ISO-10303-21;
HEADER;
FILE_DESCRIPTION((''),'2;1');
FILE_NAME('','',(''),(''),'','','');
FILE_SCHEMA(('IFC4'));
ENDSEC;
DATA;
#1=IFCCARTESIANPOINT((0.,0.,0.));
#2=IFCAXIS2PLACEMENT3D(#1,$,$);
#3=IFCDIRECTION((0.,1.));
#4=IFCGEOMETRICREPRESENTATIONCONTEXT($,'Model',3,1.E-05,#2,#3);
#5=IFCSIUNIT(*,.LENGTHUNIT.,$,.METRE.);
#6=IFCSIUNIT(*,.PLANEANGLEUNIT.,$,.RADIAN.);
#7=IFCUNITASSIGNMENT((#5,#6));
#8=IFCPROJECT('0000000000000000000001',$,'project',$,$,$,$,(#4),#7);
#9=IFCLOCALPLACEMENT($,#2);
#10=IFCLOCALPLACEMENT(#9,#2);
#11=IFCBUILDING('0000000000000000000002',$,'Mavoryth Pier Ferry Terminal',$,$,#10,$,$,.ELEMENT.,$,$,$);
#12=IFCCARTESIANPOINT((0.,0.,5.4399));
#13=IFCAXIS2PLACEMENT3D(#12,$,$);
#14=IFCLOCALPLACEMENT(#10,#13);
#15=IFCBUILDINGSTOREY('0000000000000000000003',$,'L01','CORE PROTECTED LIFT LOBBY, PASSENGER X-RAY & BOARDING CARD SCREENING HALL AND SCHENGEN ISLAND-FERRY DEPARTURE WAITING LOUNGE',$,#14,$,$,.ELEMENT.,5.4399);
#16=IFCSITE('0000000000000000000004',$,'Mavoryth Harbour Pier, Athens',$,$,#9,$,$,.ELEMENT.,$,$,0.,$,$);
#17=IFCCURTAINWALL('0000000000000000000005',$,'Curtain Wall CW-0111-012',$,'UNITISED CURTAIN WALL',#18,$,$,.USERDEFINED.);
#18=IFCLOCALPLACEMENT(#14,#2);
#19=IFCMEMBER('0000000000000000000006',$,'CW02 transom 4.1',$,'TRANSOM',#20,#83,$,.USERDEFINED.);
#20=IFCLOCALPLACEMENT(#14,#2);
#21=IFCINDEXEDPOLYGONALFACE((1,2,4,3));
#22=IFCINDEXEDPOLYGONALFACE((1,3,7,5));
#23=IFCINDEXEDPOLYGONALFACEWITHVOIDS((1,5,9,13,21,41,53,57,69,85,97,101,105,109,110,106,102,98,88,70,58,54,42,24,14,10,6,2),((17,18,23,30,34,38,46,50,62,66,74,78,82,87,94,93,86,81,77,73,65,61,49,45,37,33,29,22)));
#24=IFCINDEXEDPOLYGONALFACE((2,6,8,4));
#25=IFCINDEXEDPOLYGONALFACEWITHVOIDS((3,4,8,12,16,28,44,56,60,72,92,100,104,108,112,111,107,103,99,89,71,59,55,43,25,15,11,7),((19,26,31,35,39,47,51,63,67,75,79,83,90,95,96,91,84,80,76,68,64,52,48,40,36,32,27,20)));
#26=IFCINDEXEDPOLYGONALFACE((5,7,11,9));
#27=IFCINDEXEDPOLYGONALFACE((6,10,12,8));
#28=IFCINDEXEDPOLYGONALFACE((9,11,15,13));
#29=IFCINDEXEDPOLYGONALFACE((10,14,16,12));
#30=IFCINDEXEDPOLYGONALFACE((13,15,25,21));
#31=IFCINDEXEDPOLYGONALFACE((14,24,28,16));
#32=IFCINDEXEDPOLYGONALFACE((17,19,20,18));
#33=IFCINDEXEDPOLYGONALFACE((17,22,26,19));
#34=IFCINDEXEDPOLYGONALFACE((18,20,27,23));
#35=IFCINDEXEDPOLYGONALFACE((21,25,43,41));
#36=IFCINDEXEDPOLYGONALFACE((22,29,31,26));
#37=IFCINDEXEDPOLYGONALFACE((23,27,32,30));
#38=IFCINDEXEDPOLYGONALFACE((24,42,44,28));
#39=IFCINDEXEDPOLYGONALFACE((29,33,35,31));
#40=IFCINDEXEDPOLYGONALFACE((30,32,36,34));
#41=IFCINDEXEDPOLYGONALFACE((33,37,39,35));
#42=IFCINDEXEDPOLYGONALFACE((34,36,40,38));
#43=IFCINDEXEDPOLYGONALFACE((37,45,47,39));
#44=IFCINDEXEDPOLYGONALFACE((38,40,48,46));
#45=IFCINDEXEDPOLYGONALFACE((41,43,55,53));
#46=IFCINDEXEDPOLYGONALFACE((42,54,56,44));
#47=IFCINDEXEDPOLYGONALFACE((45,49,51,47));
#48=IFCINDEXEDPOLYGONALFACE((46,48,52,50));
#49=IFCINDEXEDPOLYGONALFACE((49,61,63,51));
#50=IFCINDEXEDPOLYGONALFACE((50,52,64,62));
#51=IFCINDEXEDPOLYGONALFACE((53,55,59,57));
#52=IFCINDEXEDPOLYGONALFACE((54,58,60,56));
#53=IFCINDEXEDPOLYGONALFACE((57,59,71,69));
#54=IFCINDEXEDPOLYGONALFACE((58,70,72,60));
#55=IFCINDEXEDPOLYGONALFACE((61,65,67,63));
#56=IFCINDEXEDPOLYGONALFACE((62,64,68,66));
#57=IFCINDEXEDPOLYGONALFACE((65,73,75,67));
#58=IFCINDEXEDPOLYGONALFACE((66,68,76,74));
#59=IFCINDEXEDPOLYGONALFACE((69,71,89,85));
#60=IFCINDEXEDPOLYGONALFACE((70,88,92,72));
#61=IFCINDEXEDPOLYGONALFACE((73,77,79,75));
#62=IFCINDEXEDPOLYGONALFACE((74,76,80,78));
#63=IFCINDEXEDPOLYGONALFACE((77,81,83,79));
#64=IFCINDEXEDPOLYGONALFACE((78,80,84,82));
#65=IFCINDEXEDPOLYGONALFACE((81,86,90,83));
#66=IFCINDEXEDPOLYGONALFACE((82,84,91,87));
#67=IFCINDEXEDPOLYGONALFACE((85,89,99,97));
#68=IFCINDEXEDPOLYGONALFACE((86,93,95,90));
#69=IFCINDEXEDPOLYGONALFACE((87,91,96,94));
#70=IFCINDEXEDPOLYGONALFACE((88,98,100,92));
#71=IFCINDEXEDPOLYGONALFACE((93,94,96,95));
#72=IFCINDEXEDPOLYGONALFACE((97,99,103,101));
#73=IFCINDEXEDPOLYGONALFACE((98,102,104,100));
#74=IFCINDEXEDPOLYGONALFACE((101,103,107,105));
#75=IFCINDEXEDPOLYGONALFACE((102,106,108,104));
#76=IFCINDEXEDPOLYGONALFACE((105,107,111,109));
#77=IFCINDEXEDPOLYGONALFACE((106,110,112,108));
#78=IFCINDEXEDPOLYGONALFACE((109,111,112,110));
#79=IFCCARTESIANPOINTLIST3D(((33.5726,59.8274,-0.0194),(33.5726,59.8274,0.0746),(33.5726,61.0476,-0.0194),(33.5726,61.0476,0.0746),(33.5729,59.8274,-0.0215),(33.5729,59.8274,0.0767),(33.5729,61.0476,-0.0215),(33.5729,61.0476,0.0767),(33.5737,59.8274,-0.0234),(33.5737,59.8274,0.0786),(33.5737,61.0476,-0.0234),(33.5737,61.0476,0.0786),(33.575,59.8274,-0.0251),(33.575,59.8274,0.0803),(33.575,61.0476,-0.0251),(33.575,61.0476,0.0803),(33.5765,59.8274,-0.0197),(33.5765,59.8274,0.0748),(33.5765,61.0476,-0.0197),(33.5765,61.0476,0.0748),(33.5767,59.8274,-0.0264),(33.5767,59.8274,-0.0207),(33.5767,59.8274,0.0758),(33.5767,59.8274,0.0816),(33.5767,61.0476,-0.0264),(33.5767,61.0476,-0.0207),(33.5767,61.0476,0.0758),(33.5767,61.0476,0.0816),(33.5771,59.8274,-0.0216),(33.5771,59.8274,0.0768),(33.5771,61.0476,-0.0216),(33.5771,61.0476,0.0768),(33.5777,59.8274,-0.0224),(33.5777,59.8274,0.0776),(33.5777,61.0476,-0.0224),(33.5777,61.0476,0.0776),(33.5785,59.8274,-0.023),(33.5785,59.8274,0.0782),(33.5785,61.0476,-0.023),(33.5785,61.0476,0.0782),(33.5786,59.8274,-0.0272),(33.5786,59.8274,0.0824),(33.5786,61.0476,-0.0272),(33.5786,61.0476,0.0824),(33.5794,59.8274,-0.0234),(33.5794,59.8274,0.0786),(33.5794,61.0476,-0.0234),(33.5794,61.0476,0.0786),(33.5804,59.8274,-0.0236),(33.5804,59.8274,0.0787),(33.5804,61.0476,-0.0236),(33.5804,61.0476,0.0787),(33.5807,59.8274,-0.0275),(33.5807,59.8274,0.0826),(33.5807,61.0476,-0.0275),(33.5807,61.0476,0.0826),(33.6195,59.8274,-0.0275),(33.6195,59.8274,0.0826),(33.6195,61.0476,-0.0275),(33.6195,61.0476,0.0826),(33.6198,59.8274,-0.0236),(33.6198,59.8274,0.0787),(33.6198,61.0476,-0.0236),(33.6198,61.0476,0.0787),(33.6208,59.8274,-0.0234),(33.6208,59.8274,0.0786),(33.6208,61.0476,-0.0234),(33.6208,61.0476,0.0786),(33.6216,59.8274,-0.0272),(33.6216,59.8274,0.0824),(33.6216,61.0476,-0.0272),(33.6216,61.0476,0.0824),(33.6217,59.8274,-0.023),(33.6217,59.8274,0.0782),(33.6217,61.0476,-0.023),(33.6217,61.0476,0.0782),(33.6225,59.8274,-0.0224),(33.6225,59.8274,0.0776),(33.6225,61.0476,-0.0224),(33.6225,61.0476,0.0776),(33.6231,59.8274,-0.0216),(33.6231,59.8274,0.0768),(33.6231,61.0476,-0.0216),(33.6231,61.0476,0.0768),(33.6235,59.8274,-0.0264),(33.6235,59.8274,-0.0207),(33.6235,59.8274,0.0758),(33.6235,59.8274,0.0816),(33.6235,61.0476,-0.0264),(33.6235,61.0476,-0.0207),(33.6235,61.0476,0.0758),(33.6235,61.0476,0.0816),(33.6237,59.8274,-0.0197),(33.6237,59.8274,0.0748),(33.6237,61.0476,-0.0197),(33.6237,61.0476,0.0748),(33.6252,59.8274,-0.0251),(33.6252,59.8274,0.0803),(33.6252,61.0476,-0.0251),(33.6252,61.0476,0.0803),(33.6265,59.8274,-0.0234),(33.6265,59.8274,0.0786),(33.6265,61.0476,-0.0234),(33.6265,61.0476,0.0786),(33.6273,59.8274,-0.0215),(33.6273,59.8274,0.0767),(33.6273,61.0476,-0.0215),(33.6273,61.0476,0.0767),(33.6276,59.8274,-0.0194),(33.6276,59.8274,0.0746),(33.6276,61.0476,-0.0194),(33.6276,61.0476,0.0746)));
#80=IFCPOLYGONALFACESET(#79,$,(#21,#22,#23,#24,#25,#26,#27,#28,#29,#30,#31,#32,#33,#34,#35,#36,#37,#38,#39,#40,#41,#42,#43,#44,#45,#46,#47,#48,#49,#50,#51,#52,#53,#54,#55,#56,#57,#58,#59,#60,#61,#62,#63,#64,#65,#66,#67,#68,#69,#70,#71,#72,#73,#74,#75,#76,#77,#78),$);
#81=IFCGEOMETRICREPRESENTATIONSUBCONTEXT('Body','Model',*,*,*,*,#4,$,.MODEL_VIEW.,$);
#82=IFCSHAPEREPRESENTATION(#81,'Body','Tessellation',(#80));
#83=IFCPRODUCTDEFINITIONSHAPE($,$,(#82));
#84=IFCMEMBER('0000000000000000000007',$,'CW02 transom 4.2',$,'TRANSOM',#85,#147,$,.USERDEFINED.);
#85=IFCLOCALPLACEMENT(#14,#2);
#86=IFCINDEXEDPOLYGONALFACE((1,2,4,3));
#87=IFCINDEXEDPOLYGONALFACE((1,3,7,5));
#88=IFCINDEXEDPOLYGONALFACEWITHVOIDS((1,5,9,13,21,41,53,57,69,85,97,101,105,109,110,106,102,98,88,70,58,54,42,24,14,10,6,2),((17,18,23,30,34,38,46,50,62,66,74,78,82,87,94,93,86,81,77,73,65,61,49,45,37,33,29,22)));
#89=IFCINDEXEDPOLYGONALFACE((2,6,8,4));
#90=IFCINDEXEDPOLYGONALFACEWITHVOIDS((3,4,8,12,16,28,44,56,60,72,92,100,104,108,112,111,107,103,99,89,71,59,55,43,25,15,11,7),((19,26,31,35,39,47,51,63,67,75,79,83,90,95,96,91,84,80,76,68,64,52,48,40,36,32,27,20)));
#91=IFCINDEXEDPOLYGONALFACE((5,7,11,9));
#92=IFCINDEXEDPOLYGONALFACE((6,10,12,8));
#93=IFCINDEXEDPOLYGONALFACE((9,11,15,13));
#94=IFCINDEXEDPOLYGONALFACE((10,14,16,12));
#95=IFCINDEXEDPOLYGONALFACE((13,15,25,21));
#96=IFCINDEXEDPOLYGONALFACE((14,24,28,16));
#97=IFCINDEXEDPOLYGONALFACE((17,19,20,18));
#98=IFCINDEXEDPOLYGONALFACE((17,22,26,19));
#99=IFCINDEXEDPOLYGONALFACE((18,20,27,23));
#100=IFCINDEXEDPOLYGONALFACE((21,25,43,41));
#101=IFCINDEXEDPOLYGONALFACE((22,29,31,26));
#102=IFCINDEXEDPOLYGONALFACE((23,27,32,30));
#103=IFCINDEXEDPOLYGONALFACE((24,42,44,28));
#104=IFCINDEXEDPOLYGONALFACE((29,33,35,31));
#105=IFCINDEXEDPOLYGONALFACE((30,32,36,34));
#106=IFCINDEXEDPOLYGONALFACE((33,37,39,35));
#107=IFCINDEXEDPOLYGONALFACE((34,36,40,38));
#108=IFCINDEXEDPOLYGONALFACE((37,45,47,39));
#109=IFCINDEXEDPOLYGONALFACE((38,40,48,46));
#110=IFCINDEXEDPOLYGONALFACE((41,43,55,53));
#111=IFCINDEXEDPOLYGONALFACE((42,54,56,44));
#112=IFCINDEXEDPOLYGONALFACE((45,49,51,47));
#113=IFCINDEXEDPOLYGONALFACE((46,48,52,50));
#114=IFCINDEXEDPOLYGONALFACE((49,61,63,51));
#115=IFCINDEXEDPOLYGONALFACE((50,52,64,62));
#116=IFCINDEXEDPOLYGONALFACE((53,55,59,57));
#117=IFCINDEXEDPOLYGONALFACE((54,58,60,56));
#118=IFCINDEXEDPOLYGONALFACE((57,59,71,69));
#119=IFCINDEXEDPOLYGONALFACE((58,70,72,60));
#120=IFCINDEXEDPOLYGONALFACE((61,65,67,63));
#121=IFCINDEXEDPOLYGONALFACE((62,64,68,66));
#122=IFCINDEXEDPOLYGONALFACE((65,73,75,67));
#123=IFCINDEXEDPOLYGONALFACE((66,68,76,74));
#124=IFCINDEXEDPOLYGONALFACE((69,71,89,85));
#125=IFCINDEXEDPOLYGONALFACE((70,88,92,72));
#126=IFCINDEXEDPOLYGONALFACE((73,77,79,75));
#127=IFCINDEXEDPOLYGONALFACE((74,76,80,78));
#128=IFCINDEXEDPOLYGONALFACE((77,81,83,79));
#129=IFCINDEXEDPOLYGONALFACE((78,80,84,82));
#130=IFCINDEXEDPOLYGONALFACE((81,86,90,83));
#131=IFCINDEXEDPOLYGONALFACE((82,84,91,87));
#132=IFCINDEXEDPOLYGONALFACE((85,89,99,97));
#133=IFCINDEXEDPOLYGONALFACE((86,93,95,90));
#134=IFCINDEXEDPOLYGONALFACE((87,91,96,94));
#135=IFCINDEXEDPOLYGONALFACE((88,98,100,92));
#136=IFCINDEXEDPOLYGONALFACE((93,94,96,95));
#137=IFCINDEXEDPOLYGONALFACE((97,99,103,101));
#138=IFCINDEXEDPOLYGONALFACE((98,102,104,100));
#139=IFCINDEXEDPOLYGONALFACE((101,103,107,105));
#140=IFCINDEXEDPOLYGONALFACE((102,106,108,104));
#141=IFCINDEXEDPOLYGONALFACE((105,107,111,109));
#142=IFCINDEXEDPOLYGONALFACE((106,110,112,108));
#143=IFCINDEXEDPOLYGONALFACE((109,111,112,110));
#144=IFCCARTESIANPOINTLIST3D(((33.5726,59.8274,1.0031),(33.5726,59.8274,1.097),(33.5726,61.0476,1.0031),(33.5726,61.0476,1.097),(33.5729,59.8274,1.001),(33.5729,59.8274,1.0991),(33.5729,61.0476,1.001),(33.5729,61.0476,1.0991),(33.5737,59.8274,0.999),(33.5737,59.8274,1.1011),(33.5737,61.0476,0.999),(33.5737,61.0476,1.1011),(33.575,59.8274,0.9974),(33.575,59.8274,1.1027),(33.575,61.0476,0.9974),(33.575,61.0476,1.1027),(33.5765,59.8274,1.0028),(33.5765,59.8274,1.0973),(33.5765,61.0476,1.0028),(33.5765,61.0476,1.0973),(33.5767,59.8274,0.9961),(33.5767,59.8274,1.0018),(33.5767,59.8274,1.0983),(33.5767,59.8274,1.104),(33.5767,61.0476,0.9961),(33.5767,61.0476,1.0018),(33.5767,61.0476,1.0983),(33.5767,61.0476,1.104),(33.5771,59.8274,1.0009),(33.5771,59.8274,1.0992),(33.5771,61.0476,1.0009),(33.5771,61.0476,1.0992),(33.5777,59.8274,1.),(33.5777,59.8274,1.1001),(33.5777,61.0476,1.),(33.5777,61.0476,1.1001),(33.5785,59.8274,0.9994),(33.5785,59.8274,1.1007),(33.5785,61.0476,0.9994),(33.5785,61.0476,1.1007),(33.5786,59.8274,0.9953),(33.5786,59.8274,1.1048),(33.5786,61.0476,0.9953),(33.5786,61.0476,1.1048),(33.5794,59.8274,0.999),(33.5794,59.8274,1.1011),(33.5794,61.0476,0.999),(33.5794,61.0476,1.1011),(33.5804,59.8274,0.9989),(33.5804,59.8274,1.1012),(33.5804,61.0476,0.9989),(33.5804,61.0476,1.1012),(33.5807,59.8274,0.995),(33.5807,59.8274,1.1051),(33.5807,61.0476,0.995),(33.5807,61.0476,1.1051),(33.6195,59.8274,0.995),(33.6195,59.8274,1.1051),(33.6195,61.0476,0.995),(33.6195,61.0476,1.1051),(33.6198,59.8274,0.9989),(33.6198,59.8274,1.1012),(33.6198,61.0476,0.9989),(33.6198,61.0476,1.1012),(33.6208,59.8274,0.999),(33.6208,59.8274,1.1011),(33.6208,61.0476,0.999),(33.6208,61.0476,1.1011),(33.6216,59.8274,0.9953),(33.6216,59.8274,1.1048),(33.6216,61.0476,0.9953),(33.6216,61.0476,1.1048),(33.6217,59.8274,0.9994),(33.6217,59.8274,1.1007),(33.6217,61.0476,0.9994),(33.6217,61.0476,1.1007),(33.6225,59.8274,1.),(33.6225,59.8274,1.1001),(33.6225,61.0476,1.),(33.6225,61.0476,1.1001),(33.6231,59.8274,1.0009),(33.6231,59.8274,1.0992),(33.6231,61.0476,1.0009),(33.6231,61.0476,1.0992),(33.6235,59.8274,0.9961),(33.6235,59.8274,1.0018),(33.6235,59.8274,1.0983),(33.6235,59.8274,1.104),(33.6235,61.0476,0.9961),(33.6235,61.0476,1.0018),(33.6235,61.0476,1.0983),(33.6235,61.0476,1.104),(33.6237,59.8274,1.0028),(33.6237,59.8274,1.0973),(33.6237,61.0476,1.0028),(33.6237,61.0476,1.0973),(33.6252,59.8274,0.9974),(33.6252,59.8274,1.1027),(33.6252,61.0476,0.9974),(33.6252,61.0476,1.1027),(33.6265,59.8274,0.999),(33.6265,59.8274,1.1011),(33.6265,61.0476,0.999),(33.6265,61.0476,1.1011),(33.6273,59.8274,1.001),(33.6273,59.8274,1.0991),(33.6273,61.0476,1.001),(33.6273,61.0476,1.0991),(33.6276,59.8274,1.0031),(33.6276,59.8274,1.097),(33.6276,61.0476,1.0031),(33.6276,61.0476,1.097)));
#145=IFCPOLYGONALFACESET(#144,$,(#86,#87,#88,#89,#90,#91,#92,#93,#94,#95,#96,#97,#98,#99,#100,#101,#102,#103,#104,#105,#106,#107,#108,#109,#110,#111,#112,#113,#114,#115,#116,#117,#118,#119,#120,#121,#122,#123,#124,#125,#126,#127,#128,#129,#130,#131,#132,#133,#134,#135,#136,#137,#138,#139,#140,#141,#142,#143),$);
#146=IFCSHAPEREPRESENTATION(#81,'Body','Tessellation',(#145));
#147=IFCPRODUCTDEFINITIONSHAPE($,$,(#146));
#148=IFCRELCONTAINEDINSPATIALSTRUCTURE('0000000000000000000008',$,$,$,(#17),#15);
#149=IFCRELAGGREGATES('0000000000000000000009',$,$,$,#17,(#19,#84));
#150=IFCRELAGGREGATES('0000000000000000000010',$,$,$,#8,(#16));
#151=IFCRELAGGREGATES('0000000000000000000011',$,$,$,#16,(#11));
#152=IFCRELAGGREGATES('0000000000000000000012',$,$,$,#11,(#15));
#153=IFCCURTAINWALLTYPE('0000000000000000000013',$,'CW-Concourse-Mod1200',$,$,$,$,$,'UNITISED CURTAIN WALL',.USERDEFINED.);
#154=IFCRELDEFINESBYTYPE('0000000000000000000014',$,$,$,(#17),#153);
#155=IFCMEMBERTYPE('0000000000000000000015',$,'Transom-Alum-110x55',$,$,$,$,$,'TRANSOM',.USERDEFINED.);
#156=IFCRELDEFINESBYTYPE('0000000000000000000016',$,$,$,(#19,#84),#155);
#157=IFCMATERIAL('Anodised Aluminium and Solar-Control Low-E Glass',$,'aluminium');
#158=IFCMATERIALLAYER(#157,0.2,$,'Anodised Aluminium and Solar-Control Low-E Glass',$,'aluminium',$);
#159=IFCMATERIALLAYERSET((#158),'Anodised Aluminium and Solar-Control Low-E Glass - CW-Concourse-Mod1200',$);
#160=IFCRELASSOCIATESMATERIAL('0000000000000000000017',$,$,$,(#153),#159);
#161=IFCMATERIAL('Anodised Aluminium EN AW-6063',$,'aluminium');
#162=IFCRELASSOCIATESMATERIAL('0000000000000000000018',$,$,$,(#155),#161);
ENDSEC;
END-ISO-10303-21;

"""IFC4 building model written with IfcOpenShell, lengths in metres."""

from ifc_helpers import new_model, si_unit, direction, frame, origin, origin_2d, place, context, subcontext, project, spatial, hollow_rectangle, extrude, material, layer, layer_set, material_profile, profile_set, type_object, element, aggregate, save


model = new_model("IFC4")

# Units and contexts
model_context = context("Model", 3, precision=1e-05, world=origin(), true_north=direction((0.0, 1.0)))
body_context = subcontext(model_context, "Body", "Model", "MODEL_VIEW")
ifc_project = project(units=[si_unit("LENGTHUNIT", "METRE"), si_unit("PLANEANGLEUNIT", "RADIAN")], contexts=[model_context])

# Site, building, storey
site_placement = place(None, origin())
site = spatial("IfcSite", under=ifc_project, at=site_placement, Name="Mavoryth Harbour Pier, Athens", CompositionType="ELEMENT", RefElevation=0.0)
building_placement = place(site_placement, origin())
building = spatial("IfcBuilding", under=site, at=building_placement, Name="Mavoryth Pier Ferry Terminal", CompositionType="ELEMENT")
storey_placement = place(building_placement, frame((0.0, 0.0, 5.4399)))
storey = spatial("IfcBuildingStorey", under=building, at=storey_placement, Name="L01", Description="CORE PROTECTED LIFT LOBBY, PASSENGER X-RAY & BOARDING CARD SCREENING HALL AND SCHENGEN ISLAND-FERRY DEPARTURE WAITING LOUNGE", CompositionType="ELEMENT", Elevation=5.4399)

# Curtain wall, members
ifc_material_1 = material(Name="Anodised Aluminium and Solar-Control Low-E Glass", Category="aluminium")
ifc_layer_1 = layer(ifc_material_1, 0.2, Name="Anodised Aluminium and Solar-Control Low-E Glass", Category="aluminium")
ifc_layer_set_1 = layer_set([ifc_layer_1], Name="Anodised Aluminium and Solar-Control Low-E Glass - CW-Concourse-Mod1200")
curtain_wall_type = type_object("IfcCurtainWallType", Name="CW-Concourse-Mod1200", ElementType="UNITISED CURTAIN WALL", PredefinedType="USERDEFINED", material=ifc_layer_set_1)
curtain_wall_placement = place(storey_placement, origin())
curtain_wall = element("IfcCurtainWall", 1, at=curtain_wall_placement, inside=storey, type_object=curtain_wall_type, Name="Curtain Wall CW-0111-012", ObjectType="UNITISED CURTAIN WALL", PredefinedType="USERDEFINED")
ifc_material_2 = material(Name="Anodised Aluminium EN AW-6063", Category="aluminium")
ifc_material_profile_1 = material_profile(ifc_material_2, hollow_rectangle(XDim=0.0549, YDim=0.1101, WallThickness=0.0039, InnerFilletRadius=0.0039, OuterFilletRadius=0.0081, at=origin_2d()), Name="AL-TRAN 110x55x4", Category="aluminium")
ifc_profile_set_1 = profile_set([ifc_material_profile_1], Name="Anodised Aluminium EN AW-6063 - AL-TRAN 110x55x4")
member_type_1 = type_object("IfcMemberType", Name="Transom-Alum-110x55", ElementType="TRANSOM", PredefinedType="USERDEFINED", material=ifc_profile_set_1)
member_1_placement = place(storey_placement, frame((33.6001, 59.8274, 0.0276), z_axis=(0.0, 1.0, 0.0), x_axis=(-1.0, 0.0, 0.0)))
member_1 = element("IfcMember", 2, at=member_1_placement, type_object=member_type_1, Name="CW02 transom 4.1", ObjectType="TRANSOM", PredefinedType="USERDEFINED", context=body_context, shape_type="SweptSolid", body=[
    extrude(hollow_rectangle(XDim=0.0549, YDim=0.1101, WallThickness=0.0039, InnerFilletRadius=0.0039, OuterFilletRadius=0.0081, at=origin_2d()), origin(), (0.0, 0.0, 1.0), 1.2202),
])
member_2_placement = place(storey_placement, frame((33.6001, 59.8274, 1.05), z_axis=(0.0, 1.0, 0.0), x_axis=(-1.0, 0.0, 0.0)))
member_2 = element("IfcMember", 3, at=member_2_placement, type_object=member_type_1, Name="CW02 transom 4.2", ObjectType="TRANSOM", PredefinedType="USERDEFINED", context=body_context, shape_type="SweptSolid", body=[
    extrude(hollow_rectangle(XDim=0.0549, YDim=0.1101, WallThickness=0.0039, InnerFilletRadius=0.0039, OuterFilletRadius=0.0081, at=origin_2d()), origin(), (0.0, 0.0, 1.0), 1.2202),
])
aggregate(curtain_wall, [member_1, member_2])

save(model, "model.ifc")
